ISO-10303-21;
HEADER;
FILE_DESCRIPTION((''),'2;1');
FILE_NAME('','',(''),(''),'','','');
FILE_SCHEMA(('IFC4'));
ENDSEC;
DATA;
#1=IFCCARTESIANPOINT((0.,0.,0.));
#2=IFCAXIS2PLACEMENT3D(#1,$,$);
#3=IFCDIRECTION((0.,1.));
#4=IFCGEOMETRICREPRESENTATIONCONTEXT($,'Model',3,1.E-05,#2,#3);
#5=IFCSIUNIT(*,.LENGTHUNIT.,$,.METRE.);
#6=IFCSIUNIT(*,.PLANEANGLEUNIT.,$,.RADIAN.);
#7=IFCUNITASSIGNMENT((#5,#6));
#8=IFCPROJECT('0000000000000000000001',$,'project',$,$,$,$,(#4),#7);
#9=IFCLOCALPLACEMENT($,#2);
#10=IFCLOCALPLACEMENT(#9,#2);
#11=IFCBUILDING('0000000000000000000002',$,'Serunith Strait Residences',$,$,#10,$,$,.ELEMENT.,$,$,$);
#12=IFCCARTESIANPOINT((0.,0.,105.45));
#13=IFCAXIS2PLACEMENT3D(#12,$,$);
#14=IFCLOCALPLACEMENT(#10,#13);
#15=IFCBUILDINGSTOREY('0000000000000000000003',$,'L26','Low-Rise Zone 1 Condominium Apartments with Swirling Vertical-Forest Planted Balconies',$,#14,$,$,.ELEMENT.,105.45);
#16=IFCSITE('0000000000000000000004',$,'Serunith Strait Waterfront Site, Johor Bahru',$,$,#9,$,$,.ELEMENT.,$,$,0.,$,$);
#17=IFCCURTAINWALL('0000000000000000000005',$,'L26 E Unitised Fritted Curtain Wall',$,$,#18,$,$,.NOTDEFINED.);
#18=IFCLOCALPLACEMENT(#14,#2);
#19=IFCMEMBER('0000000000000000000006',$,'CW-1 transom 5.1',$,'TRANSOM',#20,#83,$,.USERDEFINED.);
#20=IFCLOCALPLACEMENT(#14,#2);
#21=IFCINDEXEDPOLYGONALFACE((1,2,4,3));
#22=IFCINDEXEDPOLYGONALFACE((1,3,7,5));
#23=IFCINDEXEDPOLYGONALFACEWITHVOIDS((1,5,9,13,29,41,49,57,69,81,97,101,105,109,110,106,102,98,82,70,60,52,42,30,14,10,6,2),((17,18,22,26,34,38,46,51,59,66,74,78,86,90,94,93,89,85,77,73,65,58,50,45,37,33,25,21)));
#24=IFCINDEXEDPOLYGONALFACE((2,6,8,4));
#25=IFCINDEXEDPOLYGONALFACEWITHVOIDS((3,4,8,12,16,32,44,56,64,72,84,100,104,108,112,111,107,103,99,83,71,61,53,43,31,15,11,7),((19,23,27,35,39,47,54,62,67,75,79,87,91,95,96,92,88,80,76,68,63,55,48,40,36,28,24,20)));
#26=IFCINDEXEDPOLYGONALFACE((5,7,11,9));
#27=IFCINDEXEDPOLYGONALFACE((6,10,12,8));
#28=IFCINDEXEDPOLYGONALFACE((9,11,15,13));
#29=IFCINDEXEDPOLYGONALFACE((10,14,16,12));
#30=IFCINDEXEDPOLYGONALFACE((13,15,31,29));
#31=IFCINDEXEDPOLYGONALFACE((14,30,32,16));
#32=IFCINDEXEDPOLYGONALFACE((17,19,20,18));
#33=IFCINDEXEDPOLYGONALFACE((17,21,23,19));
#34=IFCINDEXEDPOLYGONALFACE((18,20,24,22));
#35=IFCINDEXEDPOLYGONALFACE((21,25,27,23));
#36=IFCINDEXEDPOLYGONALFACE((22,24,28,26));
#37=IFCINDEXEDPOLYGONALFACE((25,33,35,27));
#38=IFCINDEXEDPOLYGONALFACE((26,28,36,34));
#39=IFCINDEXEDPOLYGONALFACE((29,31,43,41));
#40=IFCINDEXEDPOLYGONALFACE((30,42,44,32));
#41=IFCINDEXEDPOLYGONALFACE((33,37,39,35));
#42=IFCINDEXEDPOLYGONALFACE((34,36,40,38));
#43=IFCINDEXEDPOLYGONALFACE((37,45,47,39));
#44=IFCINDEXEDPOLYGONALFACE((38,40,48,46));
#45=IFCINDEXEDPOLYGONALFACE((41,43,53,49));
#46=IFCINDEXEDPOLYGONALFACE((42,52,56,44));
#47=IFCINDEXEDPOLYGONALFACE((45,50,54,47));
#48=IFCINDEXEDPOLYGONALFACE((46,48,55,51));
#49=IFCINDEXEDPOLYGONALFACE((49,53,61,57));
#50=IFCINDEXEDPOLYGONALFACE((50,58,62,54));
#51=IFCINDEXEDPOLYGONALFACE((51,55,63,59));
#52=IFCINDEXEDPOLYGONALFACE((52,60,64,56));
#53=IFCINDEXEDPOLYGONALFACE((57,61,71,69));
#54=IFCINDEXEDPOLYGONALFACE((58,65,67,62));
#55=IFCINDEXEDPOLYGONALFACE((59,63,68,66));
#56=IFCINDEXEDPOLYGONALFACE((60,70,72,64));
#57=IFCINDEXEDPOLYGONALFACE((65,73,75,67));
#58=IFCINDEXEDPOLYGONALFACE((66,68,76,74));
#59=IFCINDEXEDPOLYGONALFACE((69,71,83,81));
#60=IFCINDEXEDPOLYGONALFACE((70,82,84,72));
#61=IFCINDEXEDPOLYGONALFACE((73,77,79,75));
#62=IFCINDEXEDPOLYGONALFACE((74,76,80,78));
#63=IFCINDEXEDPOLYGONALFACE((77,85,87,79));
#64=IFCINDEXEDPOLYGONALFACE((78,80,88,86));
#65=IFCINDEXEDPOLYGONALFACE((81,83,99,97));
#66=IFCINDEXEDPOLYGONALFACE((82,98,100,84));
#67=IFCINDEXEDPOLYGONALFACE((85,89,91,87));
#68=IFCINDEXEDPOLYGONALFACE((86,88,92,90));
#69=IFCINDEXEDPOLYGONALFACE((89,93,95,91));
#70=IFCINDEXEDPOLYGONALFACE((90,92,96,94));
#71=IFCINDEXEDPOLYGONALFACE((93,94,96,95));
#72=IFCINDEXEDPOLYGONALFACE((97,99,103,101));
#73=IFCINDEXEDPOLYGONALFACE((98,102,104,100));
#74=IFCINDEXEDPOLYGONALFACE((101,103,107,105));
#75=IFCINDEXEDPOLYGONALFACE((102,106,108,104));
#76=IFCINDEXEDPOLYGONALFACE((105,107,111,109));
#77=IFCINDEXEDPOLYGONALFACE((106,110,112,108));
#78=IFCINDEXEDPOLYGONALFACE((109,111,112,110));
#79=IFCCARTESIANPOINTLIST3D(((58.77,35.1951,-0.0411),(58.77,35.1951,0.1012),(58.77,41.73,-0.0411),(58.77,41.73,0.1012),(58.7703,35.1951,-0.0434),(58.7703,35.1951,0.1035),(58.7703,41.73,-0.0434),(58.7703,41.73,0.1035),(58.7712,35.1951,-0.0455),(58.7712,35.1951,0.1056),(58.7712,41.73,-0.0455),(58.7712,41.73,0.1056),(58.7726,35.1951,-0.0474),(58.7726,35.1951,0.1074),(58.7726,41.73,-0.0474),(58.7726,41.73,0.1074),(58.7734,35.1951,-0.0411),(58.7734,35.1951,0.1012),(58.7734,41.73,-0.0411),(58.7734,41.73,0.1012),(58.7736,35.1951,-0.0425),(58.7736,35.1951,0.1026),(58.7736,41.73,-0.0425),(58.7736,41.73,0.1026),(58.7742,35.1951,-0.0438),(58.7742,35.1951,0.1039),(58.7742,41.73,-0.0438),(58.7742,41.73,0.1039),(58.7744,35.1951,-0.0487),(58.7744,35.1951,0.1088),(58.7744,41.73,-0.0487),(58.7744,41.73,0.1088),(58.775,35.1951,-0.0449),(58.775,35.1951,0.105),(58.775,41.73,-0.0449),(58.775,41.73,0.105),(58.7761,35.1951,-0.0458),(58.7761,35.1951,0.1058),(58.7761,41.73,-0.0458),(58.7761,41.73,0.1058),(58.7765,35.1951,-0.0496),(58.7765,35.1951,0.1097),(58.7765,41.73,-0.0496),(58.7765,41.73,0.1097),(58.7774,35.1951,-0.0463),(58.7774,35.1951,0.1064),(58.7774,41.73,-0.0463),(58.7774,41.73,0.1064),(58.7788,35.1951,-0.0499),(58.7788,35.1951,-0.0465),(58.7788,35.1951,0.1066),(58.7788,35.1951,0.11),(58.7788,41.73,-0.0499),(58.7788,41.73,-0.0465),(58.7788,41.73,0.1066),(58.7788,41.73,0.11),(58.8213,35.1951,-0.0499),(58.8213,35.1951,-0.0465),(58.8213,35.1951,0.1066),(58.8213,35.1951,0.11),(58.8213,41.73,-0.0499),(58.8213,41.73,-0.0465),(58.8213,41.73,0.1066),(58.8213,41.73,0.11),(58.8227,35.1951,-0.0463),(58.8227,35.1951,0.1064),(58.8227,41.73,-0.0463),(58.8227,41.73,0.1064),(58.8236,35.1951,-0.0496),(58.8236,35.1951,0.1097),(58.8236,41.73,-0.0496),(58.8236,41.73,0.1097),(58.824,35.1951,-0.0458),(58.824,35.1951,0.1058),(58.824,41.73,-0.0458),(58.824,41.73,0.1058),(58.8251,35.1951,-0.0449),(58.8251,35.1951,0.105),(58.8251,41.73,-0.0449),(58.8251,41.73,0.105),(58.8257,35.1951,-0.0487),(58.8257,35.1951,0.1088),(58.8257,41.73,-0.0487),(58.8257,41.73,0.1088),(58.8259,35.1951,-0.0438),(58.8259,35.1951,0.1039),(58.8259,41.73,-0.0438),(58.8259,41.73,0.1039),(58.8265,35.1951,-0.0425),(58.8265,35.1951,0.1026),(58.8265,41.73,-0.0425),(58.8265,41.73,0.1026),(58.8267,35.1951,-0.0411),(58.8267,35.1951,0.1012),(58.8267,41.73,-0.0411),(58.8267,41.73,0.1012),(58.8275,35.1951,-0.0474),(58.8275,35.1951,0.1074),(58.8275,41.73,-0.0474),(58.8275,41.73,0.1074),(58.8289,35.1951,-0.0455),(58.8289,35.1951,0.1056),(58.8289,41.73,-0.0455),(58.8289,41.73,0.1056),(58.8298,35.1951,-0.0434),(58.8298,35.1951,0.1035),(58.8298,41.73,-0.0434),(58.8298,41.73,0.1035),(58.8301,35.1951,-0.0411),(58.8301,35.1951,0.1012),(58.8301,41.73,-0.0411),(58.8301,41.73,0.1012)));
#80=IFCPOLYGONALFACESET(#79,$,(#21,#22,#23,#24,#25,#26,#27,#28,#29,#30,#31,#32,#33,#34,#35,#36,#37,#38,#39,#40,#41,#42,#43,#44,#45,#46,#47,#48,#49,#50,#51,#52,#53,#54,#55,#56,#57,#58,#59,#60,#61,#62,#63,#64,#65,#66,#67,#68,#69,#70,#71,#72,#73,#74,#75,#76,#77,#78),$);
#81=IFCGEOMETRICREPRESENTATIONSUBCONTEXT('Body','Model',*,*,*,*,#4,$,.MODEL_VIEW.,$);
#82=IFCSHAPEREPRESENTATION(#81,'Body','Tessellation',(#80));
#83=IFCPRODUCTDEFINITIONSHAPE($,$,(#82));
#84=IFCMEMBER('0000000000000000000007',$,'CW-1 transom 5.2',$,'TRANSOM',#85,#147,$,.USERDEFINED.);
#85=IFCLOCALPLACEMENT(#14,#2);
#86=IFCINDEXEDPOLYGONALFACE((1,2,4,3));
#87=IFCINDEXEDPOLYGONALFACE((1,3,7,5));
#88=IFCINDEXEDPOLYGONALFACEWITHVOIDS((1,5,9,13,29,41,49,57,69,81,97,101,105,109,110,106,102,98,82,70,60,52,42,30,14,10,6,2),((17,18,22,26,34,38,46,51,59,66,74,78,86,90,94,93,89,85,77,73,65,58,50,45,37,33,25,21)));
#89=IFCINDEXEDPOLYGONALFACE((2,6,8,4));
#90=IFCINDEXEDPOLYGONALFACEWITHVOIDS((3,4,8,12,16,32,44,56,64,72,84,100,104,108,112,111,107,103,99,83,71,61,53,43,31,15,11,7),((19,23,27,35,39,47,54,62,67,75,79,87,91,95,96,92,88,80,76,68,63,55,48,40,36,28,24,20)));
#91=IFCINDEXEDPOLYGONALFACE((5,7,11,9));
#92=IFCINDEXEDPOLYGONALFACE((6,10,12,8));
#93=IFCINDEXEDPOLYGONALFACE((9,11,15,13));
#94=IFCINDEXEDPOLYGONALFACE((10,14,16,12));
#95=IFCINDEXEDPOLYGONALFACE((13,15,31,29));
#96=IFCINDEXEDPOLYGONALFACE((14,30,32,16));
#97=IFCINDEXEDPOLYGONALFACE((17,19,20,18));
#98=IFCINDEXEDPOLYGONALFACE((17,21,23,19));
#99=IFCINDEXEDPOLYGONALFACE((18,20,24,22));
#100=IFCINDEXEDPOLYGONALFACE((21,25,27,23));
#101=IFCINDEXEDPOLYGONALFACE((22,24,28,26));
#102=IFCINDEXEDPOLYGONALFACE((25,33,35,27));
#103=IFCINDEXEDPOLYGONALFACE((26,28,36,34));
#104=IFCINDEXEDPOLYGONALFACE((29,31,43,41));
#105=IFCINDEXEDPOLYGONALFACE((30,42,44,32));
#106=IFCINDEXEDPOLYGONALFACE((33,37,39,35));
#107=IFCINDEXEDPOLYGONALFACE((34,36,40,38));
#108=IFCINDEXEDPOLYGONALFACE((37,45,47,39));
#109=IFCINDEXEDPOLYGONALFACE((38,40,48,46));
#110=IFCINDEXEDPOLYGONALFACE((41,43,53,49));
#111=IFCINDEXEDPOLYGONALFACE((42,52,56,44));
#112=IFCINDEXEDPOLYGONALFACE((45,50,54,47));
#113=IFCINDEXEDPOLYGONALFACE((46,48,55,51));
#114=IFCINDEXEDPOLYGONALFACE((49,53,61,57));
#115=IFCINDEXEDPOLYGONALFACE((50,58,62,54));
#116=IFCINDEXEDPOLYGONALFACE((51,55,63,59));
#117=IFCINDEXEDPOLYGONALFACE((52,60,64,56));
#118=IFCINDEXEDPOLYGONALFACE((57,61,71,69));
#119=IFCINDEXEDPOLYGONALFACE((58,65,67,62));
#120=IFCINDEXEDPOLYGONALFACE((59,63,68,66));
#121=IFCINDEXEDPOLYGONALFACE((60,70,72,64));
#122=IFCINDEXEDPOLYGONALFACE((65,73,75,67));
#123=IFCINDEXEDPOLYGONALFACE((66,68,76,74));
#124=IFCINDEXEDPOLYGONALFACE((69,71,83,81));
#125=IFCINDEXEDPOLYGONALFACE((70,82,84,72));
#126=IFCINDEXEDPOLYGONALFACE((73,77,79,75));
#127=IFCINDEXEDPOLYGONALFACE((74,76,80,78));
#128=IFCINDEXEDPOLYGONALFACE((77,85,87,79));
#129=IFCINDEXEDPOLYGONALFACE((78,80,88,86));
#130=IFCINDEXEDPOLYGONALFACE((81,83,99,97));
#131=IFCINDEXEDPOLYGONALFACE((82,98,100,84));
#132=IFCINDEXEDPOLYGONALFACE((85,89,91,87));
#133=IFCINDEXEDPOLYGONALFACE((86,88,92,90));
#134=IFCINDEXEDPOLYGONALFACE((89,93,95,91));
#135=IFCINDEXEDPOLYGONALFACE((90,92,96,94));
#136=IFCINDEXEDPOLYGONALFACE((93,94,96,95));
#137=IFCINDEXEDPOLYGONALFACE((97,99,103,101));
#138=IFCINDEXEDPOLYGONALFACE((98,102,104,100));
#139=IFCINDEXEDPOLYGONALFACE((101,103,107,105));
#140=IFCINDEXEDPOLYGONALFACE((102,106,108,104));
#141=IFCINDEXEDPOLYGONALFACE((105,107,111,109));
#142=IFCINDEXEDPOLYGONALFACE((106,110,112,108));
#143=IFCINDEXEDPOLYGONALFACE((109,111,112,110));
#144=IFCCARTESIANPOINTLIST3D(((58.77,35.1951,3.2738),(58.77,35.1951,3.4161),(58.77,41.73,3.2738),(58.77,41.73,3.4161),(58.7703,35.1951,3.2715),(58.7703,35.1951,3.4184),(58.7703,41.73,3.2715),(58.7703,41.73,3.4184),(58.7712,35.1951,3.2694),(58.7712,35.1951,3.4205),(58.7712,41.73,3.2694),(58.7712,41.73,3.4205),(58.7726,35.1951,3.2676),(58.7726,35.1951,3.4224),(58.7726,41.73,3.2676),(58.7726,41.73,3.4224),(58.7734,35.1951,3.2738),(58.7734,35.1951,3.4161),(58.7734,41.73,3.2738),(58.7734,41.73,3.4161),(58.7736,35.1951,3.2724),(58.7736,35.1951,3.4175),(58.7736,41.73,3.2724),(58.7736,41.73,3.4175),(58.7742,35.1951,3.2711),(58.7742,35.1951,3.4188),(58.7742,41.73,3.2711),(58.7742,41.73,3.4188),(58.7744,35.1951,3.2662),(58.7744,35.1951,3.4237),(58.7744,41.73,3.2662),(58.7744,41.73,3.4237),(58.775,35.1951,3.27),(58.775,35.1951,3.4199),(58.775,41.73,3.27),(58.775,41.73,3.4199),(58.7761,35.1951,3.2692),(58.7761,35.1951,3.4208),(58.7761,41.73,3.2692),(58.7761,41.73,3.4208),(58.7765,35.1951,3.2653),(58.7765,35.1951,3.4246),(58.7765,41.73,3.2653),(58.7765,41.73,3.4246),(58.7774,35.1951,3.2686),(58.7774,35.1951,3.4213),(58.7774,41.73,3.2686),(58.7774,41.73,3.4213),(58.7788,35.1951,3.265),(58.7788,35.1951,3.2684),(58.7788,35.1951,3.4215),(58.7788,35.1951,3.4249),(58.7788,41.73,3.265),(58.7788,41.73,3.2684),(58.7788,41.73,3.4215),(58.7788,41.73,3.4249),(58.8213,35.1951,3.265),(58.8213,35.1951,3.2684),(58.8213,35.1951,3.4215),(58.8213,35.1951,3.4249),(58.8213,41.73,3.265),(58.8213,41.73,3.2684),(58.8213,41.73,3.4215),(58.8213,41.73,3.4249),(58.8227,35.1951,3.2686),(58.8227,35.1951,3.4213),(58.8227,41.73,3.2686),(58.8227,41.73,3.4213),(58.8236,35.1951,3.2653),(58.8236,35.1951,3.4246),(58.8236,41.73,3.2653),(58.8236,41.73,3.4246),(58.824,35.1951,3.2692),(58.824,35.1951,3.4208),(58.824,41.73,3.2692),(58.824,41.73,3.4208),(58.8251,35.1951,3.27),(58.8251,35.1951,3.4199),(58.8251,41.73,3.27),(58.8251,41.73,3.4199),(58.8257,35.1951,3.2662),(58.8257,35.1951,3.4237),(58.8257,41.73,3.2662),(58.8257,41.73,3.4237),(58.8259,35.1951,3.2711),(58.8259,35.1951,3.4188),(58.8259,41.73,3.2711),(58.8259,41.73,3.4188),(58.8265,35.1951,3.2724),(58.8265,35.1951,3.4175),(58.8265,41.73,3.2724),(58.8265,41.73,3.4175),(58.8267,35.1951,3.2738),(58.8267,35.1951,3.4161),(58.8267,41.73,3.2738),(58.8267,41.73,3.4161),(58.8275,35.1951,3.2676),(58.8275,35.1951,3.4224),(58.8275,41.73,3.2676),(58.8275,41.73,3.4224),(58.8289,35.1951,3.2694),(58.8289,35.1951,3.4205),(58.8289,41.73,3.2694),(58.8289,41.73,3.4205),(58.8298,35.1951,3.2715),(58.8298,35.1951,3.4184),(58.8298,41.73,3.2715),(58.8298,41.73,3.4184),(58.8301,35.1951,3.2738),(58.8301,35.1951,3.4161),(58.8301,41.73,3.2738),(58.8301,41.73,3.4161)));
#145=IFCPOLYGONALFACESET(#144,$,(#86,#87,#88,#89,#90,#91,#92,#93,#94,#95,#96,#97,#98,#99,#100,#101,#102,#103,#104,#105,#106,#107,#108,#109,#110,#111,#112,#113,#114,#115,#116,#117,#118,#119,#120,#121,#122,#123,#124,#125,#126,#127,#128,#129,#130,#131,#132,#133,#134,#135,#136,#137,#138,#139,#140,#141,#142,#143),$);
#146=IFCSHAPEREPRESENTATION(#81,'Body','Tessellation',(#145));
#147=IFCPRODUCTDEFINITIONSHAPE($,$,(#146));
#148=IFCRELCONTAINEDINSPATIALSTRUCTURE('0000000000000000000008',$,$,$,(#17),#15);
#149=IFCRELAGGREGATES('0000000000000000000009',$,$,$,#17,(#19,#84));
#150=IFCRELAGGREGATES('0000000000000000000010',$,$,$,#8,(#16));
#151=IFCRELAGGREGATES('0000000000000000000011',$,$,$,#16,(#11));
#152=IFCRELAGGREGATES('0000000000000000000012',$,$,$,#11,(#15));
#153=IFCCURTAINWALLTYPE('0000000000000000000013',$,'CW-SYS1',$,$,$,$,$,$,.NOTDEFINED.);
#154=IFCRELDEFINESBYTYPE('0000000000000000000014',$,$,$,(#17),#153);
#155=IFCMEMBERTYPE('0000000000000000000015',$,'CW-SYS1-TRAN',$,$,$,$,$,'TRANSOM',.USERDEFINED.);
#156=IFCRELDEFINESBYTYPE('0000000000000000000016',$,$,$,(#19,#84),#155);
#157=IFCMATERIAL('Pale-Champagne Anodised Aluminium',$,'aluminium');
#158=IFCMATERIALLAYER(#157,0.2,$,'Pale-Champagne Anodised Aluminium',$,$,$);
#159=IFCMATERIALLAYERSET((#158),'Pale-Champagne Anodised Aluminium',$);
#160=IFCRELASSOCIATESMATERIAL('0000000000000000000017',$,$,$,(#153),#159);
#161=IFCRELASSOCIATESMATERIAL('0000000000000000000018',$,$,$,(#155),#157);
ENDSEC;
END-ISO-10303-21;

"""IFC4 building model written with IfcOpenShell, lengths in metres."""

from ifc_helpers import new_model, si_unit, direction, frame, origin, origin_2d, place, context, subcontext, project, spatial, hollow_rectangle, extrude, source, transform, mapped, material, layer, layer_set, material_profile, profile_set, type_object, element, aggregate, save


model = new_model("IFC4")

# Units and contexts
model_context = context("Model", 3, precision=1e-05, world=origin(), true_north=direction((0.0, 1.0)))
body_context = subcontext(model_context, "Body", "Model", "MODEL_VIEW")
ifc_project = project(units=[si_unit("LENGTHUNIT", "METRE"), si_unit("PLANEANGLEUNIT", "RADIAN")], contexts=[model_context])

# Site, building, storey
site_placement = place(None, origin())
site = spatial("IfcSite", under=ifc_project, at=site_placement, Name="Serunith Strait Waterfront Site, Johor Bahru", CompositionType="ELEMENT", RefElevation=0.0)
building_placement = place(site_placement, origin())
building = spatial("IfcBuilding", under=site, at=building_placement, Name="Serunith Strait Residences", CompositionType="ELEMENT")
storey_placement = place(building_placement, frame((0.0, 0.0, 105.45)))
storey = spatial("IfcBuildingStorey", under=building, at=storey_placement, Name="L26", Description="Low-Rise Zone 1 Condominium Apartments with Swirling Vertical-Forest Planted Balconies", CompositionType="ELEMENT", Elevation=105.45)

# Curtain wall, members
ifc_material_1 = material(Name="Pale-Champagne Anodised Aluminium", Category="aluminium")
ifc_layer_1 = layer(ifc_material_1, 0.2, Name="Pale-Champagne Anodised Aluminium")
ifc_layer_set_1 = layer_set([ifc_layer_1], Name="Pale-Champagne Anodised Aluminium")
curtain_wall_type = type_object("IfcCurtainWallType", Name="CW-SYS1", PredefinedType="NOTDEFINED", material=ifc_layer_set_1)
curtain_wall_placement = place(storey_placement, origin())
curtain_wall = element("IfcCurtainWall", 1, at=curtain_wall_placement, inside=storey, type_object=curtain_wall_type, Name="L26 E Unitised Fritted Curtain Wall", PredefinedType="NOTDEFINED")
ifc_material_profile_1 = material_profile(ifc_material_1, hollow_rectangle(XDim=0.0601, YDim=0.1599, WallThickness=0.0034, InnerFilletRadius=0.0054, OuterFilletRadius=0.0088, at=origin_2d()), Name="ALU 160x60x3.5")
ifc_profile_set_1 = profile_set([ifc_material_profile_1], Name="Pale-Champagne Anodised Aluminium")
member_type_1 = type_object("IfcMemberType", Name="CW-SYS1-TRAN", ElementType="TRANSOM", PredefinedType="USERDEFINED", material=ifc_profile_set_1)
shared_shape_1 = source(origin(), body_context, "Body", "SweptSolid", [
    extrude(hollow_rectangle(XDim=0.0601, YDim=0.1599, WallThickness=0.0034, InnerFilletRadius=0.0054, OuterFilletRadius=0.0088, at=origin_2d()), origin(), (0.0, 0.0, 1.0), 6.5349),
])
member_1_placement = place(storey_placement, frame((58.8, 35.1951, 0.03), z_axis=(0.0, 1.0, 0.0), x_axis=(-1.0, 0.0, 0.0)))
member_1 = element("IfcMember", 2, at=member_1_placement, type_object=member_type_1, Name="CW-1 transom 5.1", ObjectType="TRANSOM", PredefinedType="USERDEFINED", context=body_context, shape_type="MappedRepresentation", body=[
    mapped(shared_shape_1, transform((0.0, 0.0, 0.0), scale=1.0)),
])
member_2_placement = place(storey_placement, frame((58.8, 35.1951, 3.345), z_axis=(0.0, 1.0, 0.0), x_axis=(-1.0, 0.0, 0.0)))
member_2 = element("IfcMember", 3, at=member_2_placement, type_object=member_type_1, Name="CW-1 transom 5.2", ObjectType="TRANSOM", PredefinedType="USERDEFINED", context=body_context, shape_type="MappedRepresentation", body=[
    mapped(shared_shape_1, transform((0.0, 0.0, 0.0), scale=1.0)),
])
aggregate(curtain_wall, [member_1, member_2])

save(model, "model.ifc")
